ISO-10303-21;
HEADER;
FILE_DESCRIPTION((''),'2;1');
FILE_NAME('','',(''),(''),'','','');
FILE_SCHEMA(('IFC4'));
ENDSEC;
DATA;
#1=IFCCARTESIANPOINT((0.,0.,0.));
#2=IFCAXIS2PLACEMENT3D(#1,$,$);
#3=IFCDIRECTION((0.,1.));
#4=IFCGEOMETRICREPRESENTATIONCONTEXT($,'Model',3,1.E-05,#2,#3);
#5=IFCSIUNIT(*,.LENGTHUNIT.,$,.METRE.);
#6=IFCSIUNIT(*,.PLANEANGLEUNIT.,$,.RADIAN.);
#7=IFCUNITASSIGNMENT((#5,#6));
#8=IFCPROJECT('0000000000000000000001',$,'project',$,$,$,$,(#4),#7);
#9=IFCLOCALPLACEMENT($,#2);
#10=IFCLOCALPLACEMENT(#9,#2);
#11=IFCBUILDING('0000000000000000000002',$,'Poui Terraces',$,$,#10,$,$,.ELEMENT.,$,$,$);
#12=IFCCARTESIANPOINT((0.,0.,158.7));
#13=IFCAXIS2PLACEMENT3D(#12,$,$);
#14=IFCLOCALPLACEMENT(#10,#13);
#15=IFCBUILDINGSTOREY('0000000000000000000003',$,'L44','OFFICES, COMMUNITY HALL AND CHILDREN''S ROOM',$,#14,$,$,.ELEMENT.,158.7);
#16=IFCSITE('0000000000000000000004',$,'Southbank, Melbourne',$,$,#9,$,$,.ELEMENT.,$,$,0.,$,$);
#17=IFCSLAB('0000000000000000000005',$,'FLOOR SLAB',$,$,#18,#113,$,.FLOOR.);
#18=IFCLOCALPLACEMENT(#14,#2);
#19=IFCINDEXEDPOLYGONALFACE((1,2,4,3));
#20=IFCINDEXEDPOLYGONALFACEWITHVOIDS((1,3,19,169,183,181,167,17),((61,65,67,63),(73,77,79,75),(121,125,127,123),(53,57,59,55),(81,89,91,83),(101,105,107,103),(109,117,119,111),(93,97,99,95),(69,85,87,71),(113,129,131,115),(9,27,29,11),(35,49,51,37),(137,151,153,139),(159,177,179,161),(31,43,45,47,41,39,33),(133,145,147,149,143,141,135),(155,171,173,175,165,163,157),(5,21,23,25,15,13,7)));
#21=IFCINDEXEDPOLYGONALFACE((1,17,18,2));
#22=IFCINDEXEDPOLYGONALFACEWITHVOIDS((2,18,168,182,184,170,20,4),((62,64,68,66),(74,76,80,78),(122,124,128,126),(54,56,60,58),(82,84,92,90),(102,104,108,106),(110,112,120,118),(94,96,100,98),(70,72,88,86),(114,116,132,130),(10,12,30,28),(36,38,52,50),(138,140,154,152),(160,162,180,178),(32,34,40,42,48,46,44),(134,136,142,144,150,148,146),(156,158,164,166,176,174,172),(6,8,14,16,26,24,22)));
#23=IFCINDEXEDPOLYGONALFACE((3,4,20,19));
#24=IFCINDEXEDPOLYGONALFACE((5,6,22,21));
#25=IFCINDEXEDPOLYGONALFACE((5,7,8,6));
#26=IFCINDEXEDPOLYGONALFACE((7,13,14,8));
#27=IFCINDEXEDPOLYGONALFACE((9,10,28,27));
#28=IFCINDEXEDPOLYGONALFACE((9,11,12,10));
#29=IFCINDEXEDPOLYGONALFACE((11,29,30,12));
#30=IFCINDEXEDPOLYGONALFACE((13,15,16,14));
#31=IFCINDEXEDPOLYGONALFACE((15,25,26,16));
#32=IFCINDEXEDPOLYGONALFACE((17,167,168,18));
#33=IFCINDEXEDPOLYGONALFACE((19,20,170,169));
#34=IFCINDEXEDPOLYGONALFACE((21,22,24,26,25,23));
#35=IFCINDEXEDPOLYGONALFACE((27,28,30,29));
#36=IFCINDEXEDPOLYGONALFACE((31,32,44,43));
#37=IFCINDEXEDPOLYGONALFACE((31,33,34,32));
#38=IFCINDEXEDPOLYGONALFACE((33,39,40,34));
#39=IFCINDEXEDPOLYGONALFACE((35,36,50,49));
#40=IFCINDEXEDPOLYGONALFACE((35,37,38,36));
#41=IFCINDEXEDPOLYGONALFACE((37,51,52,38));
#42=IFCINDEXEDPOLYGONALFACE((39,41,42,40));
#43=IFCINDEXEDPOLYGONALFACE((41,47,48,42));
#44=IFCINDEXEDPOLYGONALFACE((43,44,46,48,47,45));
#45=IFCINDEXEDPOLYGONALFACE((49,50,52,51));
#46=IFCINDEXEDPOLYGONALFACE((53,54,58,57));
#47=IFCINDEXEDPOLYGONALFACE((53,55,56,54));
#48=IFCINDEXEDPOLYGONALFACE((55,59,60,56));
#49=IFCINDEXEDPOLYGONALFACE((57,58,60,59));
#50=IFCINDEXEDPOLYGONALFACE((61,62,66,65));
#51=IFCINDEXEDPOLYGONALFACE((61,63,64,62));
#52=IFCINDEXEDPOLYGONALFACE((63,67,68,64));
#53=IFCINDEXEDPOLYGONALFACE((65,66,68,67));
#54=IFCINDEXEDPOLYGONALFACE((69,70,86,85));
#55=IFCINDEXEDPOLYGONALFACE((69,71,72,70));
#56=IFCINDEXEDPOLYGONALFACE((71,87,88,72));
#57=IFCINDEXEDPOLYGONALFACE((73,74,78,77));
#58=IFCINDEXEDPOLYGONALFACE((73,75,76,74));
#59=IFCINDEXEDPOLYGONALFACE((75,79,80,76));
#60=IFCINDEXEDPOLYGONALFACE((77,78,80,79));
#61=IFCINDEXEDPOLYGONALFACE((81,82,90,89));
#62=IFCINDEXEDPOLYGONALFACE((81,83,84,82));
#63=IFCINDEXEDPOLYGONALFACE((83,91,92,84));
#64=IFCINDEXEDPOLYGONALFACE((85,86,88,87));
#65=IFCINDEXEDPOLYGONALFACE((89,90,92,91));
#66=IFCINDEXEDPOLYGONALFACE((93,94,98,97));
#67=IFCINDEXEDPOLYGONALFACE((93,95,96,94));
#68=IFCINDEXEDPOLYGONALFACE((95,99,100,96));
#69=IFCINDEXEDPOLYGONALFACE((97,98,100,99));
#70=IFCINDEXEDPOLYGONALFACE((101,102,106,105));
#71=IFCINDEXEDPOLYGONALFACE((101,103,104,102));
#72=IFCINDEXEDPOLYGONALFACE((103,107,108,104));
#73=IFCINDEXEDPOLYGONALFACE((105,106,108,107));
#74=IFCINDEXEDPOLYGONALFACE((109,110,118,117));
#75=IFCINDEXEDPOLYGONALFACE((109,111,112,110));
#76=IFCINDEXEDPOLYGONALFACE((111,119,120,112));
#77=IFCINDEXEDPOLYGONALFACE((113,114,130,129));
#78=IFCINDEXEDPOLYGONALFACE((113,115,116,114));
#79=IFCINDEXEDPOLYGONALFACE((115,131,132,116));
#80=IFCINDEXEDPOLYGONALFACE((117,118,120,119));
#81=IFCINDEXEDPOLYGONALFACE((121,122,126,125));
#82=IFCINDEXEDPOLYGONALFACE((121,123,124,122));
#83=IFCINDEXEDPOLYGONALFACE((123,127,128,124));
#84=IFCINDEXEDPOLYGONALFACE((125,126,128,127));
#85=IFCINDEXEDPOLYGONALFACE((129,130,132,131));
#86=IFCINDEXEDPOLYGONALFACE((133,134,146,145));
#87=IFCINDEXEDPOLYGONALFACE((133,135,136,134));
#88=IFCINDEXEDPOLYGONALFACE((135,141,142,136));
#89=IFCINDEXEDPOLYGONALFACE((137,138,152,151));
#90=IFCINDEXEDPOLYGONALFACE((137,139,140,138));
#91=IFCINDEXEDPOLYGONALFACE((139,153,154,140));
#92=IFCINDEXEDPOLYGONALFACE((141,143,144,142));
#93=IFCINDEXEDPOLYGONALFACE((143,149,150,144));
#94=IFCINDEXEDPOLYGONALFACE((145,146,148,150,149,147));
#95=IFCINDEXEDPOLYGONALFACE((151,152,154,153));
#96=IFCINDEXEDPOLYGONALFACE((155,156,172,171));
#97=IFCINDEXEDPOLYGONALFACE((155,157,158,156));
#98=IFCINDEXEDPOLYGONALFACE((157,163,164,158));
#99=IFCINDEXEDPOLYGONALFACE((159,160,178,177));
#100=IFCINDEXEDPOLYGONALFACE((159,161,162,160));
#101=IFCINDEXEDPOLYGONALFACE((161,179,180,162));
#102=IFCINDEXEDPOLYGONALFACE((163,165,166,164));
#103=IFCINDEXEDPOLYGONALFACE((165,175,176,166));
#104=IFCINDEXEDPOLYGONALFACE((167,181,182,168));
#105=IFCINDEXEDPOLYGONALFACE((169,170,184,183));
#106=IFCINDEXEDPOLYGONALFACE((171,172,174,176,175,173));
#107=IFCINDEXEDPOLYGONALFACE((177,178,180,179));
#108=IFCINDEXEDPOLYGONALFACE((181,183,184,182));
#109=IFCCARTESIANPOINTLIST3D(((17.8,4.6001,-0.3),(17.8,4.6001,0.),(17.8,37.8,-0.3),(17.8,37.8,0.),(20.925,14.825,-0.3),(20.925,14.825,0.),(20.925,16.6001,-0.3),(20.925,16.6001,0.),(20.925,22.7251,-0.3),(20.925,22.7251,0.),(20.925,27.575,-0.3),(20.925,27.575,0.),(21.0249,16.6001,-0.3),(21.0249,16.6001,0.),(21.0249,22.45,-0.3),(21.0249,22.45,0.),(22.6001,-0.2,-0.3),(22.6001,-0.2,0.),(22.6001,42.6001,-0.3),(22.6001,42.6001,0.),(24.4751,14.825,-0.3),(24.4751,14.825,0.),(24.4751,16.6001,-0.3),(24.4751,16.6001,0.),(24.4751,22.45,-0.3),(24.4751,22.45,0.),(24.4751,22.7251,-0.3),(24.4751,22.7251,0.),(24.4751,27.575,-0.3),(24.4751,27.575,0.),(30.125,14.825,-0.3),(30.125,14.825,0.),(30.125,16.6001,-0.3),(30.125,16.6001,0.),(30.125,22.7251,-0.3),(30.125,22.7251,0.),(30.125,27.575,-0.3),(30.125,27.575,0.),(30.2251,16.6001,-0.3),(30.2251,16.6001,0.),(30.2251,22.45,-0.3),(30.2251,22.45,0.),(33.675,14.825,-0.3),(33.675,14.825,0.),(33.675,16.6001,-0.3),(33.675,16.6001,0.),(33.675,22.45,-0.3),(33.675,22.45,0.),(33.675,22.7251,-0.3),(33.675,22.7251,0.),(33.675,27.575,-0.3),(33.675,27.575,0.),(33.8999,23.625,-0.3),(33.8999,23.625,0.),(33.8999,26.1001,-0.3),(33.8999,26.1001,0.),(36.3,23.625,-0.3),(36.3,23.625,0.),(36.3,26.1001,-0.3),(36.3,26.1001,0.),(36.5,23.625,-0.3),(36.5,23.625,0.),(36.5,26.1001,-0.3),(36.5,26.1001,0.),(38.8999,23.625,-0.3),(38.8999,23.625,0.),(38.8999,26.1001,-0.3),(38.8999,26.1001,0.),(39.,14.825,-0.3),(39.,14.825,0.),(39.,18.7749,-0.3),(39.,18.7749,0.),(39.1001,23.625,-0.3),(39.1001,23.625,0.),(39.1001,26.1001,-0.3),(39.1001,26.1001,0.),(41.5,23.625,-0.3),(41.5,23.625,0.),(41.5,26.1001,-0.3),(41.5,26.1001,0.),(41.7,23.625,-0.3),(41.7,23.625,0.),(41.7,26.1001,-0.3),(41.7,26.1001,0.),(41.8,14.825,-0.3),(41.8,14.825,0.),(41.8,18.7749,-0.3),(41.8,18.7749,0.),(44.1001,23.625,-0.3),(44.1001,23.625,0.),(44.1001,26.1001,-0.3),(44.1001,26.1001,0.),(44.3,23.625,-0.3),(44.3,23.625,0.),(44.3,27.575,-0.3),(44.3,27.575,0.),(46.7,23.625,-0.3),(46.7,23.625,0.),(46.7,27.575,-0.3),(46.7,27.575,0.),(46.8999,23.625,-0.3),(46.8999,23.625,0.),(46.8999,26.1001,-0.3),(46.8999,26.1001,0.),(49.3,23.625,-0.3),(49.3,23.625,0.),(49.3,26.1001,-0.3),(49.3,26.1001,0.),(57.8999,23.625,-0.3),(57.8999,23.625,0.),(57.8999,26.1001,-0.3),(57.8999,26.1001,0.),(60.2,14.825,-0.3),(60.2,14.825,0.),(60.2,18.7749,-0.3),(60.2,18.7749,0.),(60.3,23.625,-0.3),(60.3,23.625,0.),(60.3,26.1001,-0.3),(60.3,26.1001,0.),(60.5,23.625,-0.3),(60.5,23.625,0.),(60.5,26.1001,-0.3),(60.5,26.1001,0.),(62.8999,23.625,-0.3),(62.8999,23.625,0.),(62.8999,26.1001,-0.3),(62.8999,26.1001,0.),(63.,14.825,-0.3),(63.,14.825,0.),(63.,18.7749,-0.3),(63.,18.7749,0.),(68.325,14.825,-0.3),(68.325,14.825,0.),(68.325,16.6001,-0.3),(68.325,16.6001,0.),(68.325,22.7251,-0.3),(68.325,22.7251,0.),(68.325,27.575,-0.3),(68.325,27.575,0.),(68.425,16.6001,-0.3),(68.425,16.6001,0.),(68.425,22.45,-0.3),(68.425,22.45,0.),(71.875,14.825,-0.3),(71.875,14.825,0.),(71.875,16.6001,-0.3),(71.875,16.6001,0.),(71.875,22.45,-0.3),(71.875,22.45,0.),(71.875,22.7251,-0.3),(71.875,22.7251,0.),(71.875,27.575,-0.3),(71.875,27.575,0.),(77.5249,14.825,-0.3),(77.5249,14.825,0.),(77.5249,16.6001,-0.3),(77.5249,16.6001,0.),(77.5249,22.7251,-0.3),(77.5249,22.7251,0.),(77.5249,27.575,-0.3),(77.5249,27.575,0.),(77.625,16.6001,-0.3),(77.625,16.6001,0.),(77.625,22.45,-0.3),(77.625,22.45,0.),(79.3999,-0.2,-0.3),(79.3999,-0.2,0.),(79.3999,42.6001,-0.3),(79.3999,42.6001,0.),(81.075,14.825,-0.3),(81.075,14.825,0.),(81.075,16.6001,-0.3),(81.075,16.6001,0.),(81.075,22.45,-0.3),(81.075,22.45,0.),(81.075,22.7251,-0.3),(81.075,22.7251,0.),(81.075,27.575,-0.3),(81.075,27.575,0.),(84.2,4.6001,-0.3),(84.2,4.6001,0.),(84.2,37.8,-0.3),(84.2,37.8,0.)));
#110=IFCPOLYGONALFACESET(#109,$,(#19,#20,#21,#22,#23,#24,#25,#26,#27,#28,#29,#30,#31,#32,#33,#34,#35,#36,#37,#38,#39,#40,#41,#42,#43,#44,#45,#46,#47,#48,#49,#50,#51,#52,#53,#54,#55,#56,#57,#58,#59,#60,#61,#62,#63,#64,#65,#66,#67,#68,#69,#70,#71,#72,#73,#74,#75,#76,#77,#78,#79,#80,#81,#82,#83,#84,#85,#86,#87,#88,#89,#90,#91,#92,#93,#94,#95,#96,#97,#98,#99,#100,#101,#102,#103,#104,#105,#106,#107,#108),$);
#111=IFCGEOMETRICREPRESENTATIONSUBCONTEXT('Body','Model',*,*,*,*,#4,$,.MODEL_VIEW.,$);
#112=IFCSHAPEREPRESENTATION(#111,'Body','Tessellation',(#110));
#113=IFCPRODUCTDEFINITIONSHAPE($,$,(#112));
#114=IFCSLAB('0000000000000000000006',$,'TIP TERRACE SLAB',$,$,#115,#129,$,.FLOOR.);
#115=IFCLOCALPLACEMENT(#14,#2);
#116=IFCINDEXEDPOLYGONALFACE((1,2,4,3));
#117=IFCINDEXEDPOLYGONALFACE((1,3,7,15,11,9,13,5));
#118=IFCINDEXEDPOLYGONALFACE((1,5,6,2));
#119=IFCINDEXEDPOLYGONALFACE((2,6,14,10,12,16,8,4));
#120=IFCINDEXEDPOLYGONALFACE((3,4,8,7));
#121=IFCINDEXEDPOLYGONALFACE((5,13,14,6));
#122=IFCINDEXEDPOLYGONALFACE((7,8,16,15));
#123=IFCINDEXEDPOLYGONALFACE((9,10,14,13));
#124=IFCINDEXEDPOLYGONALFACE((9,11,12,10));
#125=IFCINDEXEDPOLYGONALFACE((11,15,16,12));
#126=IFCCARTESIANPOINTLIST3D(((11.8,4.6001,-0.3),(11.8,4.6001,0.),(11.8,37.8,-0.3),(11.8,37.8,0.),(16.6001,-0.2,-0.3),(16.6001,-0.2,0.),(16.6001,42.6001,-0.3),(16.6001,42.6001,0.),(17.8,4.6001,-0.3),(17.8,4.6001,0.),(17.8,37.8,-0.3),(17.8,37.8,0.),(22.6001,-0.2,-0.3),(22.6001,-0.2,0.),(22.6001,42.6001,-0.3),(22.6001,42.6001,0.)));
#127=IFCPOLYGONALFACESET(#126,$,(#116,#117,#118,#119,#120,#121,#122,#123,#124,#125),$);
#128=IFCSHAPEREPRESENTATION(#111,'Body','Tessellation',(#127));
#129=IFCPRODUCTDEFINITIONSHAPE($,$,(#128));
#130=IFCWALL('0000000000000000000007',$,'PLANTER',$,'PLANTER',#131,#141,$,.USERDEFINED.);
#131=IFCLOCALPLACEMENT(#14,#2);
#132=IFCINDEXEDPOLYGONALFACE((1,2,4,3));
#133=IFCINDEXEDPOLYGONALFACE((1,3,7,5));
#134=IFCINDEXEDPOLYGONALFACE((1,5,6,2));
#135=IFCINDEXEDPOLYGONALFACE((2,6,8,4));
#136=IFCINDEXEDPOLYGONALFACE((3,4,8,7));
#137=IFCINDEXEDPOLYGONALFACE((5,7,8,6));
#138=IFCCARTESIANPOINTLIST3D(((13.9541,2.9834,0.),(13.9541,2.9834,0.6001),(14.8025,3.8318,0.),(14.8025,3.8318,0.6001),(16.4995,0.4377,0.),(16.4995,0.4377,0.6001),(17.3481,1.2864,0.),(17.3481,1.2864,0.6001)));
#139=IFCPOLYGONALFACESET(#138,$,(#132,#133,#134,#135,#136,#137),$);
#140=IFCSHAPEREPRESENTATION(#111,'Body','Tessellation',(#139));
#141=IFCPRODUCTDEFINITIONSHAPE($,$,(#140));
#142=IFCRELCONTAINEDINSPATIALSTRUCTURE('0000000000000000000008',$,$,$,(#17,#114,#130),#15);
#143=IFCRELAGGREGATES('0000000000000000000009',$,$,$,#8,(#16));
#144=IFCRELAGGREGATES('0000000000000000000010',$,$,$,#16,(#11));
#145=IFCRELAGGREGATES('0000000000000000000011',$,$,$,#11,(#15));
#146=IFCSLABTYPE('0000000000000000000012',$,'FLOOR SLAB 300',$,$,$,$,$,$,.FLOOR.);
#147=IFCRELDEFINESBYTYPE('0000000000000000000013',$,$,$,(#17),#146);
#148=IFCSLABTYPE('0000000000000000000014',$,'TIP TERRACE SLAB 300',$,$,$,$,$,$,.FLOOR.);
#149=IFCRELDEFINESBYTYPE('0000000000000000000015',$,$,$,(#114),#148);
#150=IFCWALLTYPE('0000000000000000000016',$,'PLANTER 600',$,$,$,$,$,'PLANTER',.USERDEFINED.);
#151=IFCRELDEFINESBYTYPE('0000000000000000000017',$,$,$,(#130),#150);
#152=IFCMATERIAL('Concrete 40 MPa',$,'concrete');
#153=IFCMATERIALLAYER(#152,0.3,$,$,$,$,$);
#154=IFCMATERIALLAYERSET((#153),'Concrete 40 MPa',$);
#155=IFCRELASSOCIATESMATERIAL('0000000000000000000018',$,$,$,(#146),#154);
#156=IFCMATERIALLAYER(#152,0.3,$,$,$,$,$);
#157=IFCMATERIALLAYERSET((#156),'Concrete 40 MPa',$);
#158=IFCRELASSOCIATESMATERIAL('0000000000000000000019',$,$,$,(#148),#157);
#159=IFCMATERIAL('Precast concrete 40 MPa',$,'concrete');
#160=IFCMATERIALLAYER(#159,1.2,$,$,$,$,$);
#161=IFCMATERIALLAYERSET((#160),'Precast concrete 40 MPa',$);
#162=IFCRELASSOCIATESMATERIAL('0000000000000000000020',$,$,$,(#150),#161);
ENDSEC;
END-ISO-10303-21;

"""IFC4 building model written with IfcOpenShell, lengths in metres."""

from ifc_helpers import new_model, si_unit, direction, frame, origin, place, context, subcontext, project, spatial, polyline, outline, extrude, source, transform, mapped, material, layer, layer_set, type_object, element, save


model = new_model("IFC4")

# Units and contexts
model_context = context("Model", 3, precision=1e-05, world=origin(), true_north=direction((0.0, 1.0)))
body_context = subcontext(model_context, "Body", "Model", "MODEL_VIEW")
ifc_project = project(units=[si_unit("LENGTHUNIT", "METRE"), si_unit("PLANEANGLEUNIT", "RADIAN")], contexts=[model_context])

# Site, building, storey
site_placement = place(None, origin())
site = spatial("IfcSite", under=ifc_project, at=site_placement, Name="Southbank, Melbourne", CompositionType="ELEMENT", RefElevation=0.0)
building_placement = place(site_placement, origin())
building = spatial("IfcBuilding", under=site, at=building_placement, Name="Poui Terraces", CompositionType="ELEMENT")
storey_placement = place(building_placement, frame((0.0, 0.0, 158.7)))
storey = spatial("IfcBuildingStorey", under=building, at=storey_placement, Name="L44", Description="OFFICES, COMMUNITY HALL AND CHILDREN'S ROOM", CompositionType="ELEMENT", Elevation=158.7)

# Slabs
ifc_material_1 = material(Name="Concrete 40 MPa", Category="concrete")
ifc_layer_1 = layer(ifc_material_1, 0.3)
ifc_layer_set_1 = layer_set([ifc_layer_1], Name="Concrete 40 MPa")
slab_type_1 = type_object("IfcSlabType", Name="FLOOR SLAB 300", PredefinedType="FLOOR", material=ifc_layer_set_1)
shared_shape_1 = source(origin(), body_context, "Body", "SweptSolid", [
    extrude(outline(polyline([(0.0, 0.0), (4.8, -4.8), (61.5999, -4.8), (66.3999, 0.0), (66.3999, 33.2), (61.5999, 38.0), (4.8, 38.0), (0.0, 33.2), (0.0, 0.0)]), holes=[polyline([(21.2, 10.2249), (21.2, 14.1748), (24.0, 14.1748), (24.0, 10.2249), (21.2, 10.2249)]), polyline([(3.2249, 17.8499), (6.675, 17.8499), (6.675, 12.0), (6.675, 10.2249), (3.125, 10.2249), (3.125, 12.0), (3.2249, 12.0), (3.2249, 17.8499)]), polyline([(12.425, 17.8499), (15.875, 17.8499), (15.875, 12.0), (15.875, 10.2249), (12.325, 10.2249), (12.325, 12.0), (12.425, 12.0), (12.425, 17.8499)]), polyline([(16.0999, 19.0249), (16.0999, 21.5), (18.5, 21.5), (18.5, 19.0249), (16.0999, 19.0249)]), polyline([(18.7, 19.0249), (18.7, 21.5), (21.0999, 21.5), (21.0999, 19.0249), (18.7, 19.0249)]), polyline([(21.3, 19.0249), (21.3, 21.5), (23.7, 21.5), (23.7, 19.0249), (21.3, 19.0249)]), polyline([(23.8999, 19.0249), (23.8999, 21.5), (26.3, 21.5), (26.3, 19.0249), (23.8999, 19.0249)]), polyline([(3.125, 22.9749), (6.675, 22.9749), (6.675, 18.125), (3.125, 18.125), (3.125, 22.9749)]), polyline([(12.325, 22.9749), (15.875, 22.9749), (15.875, 18.125), (12.325, 18.125), (12.325, 22.9749)]), polyline([(42.3999, 10.2249), (42.3999, 14.1748), (45.2, 14.1748), (45.2, 10.2249), (42.3999, 10.2249)]), polyline([(50.625, 17.8499), (54.075, 17.8499), (54.075, 12.0), (54.075, 10.2249), (50.5249, 10.2249), (50.5249, 12.0), (50.625, 12.0), (50.625, 17.8499)]), polyline([(59.825, 17.8499), (63.2749, 17.8499), (63.2749, 12.0), (63.2749, 10.2249), (59.7249, 10.2249), (59.7249, 12.0), (59.825, 12.0), (59.825, 17.8499)]), polyline([(29.0999, 19.0249), (29.0999, 21.5), (31.5, 21.5), (31.5, 19.0249), (29.0999, 19.0249)]), polyline([(40.0999, 19.0249), (40.0999, 21.5), (42.5, 21.5), (42.5, 19.0249), (40.0999, 19.0249)]), polyline([(42.7, 19.0249), (42.7, 21.5), (45.0999, 21.5), (45.0999, 19.0249), (42.7, 19.0249)]), polyline([(50.5249, 18.125), (50.5249, 22.9749), (54.075, 22.9749), (54.075, 18.125), (50.5249, 18.125)]), polyline([(59.7249, 22.9749), (63.2749, 22.9749), (63.2749, 18.125), (59.7249, 18.125), (59.7249, 22.9749)]), polyline([(26.5, 22.9749), (28.8999, 22.9749), (28.8999, 19.0249), (26.5, 19.0249), (26.5, 22.9749)])]), origin(), (0.0, 0.0, 1.0), 0.3),
])
slab_1_placement = place(storey_placement, frame((17.8, 4.6001, -0.3)))
element("IfcSlab", 1, at=slab_1_placement, inside=storey, type_object=slab_type_1, Name="FLOOR SLAB", PredefinedType="FLOOR", context=body_context, shape_type="MappedRepresentation", body=[
    mapped(shared_shape_1, transform((0.0, 0.0, 0.0))),
])
ifc_layer_2 = layer(ifc_material_1, 0.3)
ifc_layer_set_2 = layer_set([ifc_layer_2], Name="Concrete 40 MPa")
slab_type_2 = type_object("IfcSlabType", Name="TIP TERRACE SLAB 300", PredefinedType="FLOOR", material=ifc_layer_set_2)
shared_shape_2 = source(origin(), body_context, "Body", "SweptSolid", [
    extrude(outline(polyline([(0.0, 0.0), (6.0, 0.0), (1.2, 4.8), (1.2, 38.0), (6.0, 42.8), (0.0, 42.8), (-4.8, 38.0), (-4.8, 4.8), (0.0, 0.0)])), origin(), (0.0, 0.0, 1.0), 0.3),
])
slab_2_placement = place(storey_placement, frame((16.6001, -0.2, -0.3)))
element("IfcSlab", 2, at=slab_2_placement, inside=storey, type_object=slab_type_2, Name="TIP TERRACE SLAB", PredefinedType="FLOOR", context=body_context, shape_type="MappedRepresentation", body=[
    mapped(shared_shape_2, transform((0.0, 0.0, 0.0))),
])

# Wall
ifc_material_2 = material(Name="Precast concrete 40 MPa", Category="concrete")
ifc_layer_3 = layer(ifc_material_2, 1.2)
ifc_layer_set_3 = layer_set([ifc_layer_3], Name="Precast concrete 40 MPa")
wall_type = type_object("IfcWallType", Name="PLANTER 600", ElementType="PLANTER", PredefinedType="USERDEFINED", material=ifc_layer_set_3)
shared_shape_3 = source(origin(), body_context, "Body", "SweptSolid", [
    extrude(outline(polyline([(0.0, 0.0), (2.5454, -2.5457), (3.394, -1.697), (0.8484, 0.8484), (0.0, 0.0)])), origin(), (0.0, 0.0, 1.0), 0.6001),
])
wall_placement = place(storey_placement, frame((13.9541, 2.9834, 0.0)))
element("IfcWall", 3, at=wall_placement, inside=storey, type_object=wall_type, Name="PLANTER", ObjectType="PLANTER", PredefinedType="USERDEFINED", context=body_context, shape_type="MappedRepresentation", body=[
    mapped(shared_shape_3, transform((0.0, 0.0, 0.0))),
])

save(model, "model.ifc")
